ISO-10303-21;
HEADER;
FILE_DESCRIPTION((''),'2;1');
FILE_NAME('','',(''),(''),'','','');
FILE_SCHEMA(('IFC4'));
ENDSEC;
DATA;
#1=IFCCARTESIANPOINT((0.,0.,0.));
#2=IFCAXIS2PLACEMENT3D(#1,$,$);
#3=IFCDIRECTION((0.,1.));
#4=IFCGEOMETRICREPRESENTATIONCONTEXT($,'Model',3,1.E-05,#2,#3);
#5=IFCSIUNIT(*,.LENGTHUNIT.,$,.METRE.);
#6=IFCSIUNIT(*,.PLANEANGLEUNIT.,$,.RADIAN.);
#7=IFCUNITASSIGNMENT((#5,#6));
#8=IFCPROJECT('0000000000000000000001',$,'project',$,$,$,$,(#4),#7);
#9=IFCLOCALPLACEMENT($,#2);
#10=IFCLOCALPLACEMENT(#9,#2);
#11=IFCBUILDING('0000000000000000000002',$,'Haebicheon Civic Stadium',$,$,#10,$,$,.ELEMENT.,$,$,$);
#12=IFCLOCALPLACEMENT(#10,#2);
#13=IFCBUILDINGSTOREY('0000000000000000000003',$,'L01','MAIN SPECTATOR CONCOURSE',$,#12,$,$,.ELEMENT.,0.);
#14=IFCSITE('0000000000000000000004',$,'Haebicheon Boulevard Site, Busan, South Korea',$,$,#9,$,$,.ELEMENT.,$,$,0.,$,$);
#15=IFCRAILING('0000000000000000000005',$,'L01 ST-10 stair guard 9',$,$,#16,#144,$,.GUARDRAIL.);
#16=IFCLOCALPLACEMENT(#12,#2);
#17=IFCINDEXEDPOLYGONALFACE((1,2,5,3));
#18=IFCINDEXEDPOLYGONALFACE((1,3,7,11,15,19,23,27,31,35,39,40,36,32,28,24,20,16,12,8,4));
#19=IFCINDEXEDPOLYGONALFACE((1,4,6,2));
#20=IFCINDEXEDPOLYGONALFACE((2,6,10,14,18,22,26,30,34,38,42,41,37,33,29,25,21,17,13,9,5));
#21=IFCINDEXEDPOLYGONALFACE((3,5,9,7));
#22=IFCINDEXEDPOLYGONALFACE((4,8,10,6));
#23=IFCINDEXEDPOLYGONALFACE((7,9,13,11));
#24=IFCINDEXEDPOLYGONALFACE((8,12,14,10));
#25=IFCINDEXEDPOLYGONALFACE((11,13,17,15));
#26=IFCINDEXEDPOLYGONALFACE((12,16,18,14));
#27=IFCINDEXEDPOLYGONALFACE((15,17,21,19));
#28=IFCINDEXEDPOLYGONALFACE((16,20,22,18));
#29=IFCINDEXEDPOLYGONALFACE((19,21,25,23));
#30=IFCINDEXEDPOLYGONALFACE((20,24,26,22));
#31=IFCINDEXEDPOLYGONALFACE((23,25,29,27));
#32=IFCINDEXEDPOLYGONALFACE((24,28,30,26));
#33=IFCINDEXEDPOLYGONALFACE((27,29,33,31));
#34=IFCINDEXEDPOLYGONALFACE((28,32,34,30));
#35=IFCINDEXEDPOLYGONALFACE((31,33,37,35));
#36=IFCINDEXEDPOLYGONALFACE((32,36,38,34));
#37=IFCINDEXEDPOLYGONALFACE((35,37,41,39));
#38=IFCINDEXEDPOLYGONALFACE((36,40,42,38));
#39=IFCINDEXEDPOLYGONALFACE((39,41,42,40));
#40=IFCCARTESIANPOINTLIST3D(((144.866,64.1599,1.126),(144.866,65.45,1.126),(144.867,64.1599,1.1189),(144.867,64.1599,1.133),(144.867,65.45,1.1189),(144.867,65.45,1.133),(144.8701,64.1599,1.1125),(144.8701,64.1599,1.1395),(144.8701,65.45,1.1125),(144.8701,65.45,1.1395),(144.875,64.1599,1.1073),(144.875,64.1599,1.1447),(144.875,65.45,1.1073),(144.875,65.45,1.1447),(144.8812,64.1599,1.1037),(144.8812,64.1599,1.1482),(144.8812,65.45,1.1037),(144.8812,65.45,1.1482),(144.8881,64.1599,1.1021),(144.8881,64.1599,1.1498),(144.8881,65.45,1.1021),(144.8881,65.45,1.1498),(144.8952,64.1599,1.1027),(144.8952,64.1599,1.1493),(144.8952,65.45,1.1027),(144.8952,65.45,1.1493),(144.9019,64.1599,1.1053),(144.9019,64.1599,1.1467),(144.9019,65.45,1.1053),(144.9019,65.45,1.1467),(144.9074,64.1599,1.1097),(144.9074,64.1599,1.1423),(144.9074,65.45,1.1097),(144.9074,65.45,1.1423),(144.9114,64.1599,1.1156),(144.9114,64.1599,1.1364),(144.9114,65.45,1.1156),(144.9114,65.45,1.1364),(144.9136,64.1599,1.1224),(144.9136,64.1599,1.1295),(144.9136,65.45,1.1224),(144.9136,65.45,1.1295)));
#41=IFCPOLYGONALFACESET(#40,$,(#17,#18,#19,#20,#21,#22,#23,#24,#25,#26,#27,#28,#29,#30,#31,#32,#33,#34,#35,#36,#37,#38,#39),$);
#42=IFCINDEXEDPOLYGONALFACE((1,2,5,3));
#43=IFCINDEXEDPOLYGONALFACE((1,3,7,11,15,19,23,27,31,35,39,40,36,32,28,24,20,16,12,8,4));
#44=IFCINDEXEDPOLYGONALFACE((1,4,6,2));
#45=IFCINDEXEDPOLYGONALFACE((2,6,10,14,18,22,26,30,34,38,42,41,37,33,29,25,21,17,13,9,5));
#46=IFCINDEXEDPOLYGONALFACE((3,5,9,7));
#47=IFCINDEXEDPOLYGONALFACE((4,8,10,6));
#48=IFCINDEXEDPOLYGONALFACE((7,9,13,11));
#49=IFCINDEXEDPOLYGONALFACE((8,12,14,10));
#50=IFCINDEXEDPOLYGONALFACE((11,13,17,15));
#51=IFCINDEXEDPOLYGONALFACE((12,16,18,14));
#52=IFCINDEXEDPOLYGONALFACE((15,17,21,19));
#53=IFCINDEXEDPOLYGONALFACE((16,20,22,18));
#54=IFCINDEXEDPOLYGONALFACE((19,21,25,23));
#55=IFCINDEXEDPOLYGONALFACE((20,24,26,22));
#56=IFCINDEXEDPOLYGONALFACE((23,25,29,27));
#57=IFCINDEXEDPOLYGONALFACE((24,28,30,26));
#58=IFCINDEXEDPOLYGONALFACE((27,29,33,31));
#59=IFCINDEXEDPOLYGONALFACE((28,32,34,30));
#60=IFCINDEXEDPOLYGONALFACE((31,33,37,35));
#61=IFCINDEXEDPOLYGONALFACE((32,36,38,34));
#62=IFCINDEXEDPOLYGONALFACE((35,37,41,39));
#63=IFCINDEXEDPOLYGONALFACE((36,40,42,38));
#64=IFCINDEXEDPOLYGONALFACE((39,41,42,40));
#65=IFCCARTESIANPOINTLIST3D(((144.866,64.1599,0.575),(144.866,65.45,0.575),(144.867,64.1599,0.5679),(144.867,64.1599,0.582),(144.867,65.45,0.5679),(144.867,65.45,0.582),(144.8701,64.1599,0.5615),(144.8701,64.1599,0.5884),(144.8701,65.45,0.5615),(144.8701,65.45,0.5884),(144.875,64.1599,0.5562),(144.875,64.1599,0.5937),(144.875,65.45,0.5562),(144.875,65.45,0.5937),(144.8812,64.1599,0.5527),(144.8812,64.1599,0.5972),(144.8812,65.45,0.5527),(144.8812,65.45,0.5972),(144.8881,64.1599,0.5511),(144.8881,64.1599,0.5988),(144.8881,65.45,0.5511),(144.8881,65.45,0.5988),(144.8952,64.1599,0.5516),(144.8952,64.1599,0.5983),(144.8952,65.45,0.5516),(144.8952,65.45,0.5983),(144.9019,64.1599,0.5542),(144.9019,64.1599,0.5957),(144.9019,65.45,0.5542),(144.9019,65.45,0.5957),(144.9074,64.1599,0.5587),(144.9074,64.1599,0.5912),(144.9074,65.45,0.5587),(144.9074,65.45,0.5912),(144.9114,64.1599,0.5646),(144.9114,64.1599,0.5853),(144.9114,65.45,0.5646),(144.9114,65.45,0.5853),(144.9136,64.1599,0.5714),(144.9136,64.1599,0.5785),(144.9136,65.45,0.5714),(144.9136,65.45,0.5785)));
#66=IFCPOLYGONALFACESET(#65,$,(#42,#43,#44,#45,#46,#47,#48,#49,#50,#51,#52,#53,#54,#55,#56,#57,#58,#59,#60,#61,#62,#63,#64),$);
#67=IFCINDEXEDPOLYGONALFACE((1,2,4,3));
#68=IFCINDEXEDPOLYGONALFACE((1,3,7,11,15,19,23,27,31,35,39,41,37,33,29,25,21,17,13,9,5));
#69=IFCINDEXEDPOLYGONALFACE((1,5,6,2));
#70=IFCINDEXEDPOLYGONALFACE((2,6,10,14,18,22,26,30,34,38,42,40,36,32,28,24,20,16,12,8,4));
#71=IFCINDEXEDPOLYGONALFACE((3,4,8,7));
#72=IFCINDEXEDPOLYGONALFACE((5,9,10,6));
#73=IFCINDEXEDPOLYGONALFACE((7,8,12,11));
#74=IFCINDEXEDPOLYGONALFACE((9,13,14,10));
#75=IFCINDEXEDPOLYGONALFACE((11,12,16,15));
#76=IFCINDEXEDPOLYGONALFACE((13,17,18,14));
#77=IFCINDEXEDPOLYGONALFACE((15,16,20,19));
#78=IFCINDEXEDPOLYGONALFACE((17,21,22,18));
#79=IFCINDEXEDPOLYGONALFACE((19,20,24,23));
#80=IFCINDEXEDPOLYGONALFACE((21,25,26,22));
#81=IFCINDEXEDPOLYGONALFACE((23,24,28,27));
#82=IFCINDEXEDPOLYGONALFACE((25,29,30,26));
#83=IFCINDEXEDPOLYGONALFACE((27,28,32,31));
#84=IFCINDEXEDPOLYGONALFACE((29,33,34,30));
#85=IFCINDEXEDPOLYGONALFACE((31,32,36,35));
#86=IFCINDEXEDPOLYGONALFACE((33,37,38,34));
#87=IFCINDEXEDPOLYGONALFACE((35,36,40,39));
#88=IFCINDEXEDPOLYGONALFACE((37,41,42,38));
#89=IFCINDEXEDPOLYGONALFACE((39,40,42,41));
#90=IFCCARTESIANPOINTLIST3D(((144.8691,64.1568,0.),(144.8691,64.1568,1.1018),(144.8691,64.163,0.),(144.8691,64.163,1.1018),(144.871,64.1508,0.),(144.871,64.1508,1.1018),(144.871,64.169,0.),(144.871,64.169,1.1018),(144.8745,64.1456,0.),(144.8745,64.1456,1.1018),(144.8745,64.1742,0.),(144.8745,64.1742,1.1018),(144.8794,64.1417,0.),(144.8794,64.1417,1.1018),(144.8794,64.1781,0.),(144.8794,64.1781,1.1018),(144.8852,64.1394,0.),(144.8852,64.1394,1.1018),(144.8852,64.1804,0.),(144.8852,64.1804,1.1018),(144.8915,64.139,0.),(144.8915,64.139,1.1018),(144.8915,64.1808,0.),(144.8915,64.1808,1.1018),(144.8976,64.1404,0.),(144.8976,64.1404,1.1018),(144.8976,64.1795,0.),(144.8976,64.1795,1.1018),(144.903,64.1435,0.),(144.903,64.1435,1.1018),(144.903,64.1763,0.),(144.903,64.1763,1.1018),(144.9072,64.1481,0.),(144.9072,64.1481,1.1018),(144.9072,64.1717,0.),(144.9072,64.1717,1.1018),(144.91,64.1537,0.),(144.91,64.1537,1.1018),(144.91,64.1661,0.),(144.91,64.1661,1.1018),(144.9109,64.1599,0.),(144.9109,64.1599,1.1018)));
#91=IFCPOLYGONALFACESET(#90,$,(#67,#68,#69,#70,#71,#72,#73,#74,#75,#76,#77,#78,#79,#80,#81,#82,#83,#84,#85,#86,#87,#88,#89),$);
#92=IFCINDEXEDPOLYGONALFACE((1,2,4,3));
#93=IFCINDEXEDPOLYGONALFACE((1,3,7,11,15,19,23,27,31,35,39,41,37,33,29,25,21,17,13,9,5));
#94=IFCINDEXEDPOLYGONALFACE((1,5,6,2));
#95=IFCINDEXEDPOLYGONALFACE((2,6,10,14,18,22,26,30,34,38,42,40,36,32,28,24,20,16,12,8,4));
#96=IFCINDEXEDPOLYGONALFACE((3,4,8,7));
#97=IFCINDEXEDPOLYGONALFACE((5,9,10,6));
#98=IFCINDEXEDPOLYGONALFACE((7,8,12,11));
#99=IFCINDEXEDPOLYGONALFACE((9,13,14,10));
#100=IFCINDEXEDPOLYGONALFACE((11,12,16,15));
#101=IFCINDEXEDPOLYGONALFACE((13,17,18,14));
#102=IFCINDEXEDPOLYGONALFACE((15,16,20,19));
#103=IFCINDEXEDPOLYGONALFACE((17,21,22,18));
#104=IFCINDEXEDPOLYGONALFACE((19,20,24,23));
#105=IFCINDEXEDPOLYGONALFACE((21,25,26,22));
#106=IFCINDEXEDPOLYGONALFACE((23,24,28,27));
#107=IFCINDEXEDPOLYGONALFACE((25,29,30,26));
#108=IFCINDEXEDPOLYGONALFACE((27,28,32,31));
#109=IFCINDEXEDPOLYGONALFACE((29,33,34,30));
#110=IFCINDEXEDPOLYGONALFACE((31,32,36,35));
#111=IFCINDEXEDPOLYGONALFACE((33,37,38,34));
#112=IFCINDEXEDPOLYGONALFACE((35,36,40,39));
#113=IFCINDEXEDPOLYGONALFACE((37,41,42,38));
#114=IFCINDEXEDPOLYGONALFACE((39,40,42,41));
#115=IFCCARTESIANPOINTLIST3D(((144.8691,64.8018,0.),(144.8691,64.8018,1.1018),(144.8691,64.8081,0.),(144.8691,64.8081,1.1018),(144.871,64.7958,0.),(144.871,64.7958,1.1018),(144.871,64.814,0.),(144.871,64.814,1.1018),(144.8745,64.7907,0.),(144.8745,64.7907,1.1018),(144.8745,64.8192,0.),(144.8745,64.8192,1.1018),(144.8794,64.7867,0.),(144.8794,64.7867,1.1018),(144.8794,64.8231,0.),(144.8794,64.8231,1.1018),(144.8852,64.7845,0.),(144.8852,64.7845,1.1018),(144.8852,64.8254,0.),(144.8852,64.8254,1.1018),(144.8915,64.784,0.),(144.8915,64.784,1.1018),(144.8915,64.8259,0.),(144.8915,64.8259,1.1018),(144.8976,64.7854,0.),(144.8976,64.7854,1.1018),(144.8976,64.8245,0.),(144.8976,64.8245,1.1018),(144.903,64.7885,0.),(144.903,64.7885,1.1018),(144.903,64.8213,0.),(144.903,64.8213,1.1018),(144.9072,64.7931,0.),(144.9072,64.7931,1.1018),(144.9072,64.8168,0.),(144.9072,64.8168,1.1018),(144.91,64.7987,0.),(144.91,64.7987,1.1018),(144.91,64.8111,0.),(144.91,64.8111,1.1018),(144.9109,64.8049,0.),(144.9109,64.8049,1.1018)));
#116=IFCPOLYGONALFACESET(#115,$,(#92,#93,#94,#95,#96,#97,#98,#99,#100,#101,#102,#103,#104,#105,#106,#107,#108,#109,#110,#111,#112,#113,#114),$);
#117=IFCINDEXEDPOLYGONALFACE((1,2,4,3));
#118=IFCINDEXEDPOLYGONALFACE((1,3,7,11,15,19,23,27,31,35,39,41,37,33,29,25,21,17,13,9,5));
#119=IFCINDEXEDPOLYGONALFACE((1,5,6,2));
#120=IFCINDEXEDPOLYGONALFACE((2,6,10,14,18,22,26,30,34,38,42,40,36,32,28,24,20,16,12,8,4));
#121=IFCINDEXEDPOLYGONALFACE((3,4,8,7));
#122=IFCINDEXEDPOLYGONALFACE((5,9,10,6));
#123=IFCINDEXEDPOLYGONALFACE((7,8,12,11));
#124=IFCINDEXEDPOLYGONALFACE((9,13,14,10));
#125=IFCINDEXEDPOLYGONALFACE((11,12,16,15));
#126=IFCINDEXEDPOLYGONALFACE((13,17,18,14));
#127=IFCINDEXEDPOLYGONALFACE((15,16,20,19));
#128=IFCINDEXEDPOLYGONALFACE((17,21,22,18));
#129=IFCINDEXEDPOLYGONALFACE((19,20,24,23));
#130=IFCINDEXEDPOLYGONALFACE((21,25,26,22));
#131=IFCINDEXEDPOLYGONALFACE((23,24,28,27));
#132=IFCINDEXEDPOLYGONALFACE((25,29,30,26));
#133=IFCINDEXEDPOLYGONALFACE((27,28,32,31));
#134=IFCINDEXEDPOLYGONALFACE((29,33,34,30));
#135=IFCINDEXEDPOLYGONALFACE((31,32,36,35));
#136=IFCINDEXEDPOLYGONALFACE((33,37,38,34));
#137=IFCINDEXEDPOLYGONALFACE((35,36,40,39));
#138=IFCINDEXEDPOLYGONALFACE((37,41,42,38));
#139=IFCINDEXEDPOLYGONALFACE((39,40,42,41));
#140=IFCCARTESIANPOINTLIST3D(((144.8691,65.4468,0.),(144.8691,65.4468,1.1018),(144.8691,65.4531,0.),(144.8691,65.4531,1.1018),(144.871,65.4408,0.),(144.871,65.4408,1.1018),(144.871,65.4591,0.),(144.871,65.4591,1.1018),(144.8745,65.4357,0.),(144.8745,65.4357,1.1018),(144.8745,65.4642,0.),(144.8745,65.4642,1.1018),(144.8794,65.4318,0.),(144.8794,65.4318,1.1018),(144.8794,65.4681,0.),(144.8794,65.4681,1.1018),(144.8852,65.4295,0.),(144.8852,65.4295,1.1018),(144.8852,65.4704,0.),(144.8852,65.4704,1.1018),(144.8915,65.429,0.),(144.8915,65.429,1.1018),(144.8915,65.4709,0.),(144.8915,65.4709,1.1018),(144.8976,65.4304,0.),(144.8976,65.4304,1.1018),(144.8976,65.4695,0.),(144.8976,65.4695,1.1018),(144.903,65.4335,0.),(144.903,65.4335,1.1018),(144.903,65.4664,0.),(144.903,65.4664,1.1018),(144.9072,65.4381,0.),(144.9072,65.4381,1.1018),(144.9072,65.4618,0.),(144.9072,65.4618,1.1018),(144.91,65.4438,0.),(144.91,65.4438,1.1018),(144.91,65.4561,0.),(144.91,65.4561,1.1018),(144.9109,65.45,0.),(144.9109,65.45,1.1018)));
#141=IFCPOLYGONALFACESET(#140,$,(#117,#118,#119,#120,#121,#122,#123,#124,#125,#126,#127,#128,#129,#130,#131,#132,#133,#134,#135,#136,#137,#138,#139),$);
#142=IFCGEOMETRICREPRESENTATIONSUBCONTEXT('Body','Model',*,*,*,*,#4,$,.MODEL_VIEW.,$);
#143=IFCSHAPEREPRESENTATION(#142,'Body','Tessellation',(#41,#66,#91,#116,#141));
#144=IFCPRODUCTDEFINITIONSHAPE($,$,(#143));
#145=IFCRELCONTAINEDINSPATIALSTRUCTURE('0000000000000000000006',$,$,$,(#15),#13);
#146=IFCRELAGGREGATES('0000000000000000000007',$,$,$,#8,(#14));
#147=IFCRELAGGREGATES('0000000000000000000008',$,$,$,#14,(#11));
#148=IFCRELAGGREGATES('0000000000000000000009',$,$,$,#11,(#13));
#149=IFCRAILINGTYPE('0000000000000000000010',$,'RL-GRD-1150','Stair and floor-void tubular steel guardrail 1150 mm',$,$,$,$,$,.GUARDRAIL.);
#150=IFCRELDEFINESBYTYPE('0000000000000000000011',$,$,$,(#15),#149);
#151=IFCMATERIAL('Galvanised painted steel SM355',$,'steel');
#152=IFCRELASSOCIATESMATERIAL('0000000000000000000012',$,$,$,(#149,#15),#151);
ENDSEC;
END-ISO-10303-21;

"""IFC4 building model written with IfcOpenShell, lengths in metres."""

from ifc_helpers import new_model, si_unit, direction, frame, origin, origin_2d, place, context, subcontext, project, spatial, circle, extrude, material, type_object, element, save


model = new_model("IFC4")

# Units and contexts
model_context = context("Model", 3, precision=1e-05, world=origin(), true_north=direction((0.0, 1.0)))
body_context = subcontext(model_context, "Body", "Model", "MODEL_VIEW")
ifc_project = project(units=[si_unit("LENGTHUNIT", "METRE"), si_unit("PLANEANGLEUNIT", "RADIAN")], contexts=[model_context])

# Site, building, storey
site_placement = place(None, origin())
site = spatial("IfcSite", under=ifc_project, at=site_placement, Name="Haebicheon Boulevard Site, Busan, South Korea", CompositionType="ELEMENT", RefElevation=0.0)
building_placement = place(site_placement, origin())
building = spatial("IfcBuilding", under=site, at=building_placement, Name="Haebicheon Civic Stadium", CompositionType="ELEMENT")
storey_placement = place(building_placement, origin())
storey = spatial("IfcBuildingStorey", under=building, at=storey_placement, Name="L01", Description="MAIN SPECTATOR CONCOURSE", CompositionType="ELEMENT", Elevation=0.0)

# Railing
ifc_material_1 = material(Name="Galvanised painted steel SM355", Category="steel")
railing_type = type_object("IfcRailingType", Name="RL-GRD-1150", Description="Stair and floor-void tubular steel guardrail 1150 mm", PredefinedType="GUARDRAIL", material=ifc_material_1)
for number, where, name in (
    (1, (144.8899, 64.1599, 0.0), "L01 ST-10 stair guard 9"),
):
    element("IfcRailing", number, at=place(storey_placement, frame(where)), inside=storey, type_object=railing_type, material=ifc_material_1, Name=name, PredefinedType="GUARDRAIL", context=body_context, shape_type="SweptSolid", body=[
        extrude(circle(Radius=0.0239, at=origin_2d()), frame((0.0, 0.0, 1.126), z_axis=(0.0, 1.0, 0.0), x_axis=(-1.0, 0.0, 0.0)), (0.0, 0.0, 1.0), 1.29),
        extrude(circle(Radius=0.0239, at=origin_2d()), frame((0.0, 0.0, 0.575), z_axis=(0.0, 1.0, 0.0), x_axis=(-1.0, 0.0, 0.0)), (0.0, 0.0, 1.0), 1.29),
        extrude(circle(Radius=0.021, at=origin_2d()), origin(), (0.0, 0.0, 1.0), 1.1018),
        extrude(circle(Radius=0.021, at=origin_2d()), frame((0.0, 0.645, 0.0)), (0.0, 0.0, 1.0), 1.1018),
        extrude(circle(Radius=0.021, at=origin_2d()), frame((0.0, 1.29, 0.0)), (0.0, 0.0, 1.0), 1.1018),
    ])

save(model, "model.ifc")
